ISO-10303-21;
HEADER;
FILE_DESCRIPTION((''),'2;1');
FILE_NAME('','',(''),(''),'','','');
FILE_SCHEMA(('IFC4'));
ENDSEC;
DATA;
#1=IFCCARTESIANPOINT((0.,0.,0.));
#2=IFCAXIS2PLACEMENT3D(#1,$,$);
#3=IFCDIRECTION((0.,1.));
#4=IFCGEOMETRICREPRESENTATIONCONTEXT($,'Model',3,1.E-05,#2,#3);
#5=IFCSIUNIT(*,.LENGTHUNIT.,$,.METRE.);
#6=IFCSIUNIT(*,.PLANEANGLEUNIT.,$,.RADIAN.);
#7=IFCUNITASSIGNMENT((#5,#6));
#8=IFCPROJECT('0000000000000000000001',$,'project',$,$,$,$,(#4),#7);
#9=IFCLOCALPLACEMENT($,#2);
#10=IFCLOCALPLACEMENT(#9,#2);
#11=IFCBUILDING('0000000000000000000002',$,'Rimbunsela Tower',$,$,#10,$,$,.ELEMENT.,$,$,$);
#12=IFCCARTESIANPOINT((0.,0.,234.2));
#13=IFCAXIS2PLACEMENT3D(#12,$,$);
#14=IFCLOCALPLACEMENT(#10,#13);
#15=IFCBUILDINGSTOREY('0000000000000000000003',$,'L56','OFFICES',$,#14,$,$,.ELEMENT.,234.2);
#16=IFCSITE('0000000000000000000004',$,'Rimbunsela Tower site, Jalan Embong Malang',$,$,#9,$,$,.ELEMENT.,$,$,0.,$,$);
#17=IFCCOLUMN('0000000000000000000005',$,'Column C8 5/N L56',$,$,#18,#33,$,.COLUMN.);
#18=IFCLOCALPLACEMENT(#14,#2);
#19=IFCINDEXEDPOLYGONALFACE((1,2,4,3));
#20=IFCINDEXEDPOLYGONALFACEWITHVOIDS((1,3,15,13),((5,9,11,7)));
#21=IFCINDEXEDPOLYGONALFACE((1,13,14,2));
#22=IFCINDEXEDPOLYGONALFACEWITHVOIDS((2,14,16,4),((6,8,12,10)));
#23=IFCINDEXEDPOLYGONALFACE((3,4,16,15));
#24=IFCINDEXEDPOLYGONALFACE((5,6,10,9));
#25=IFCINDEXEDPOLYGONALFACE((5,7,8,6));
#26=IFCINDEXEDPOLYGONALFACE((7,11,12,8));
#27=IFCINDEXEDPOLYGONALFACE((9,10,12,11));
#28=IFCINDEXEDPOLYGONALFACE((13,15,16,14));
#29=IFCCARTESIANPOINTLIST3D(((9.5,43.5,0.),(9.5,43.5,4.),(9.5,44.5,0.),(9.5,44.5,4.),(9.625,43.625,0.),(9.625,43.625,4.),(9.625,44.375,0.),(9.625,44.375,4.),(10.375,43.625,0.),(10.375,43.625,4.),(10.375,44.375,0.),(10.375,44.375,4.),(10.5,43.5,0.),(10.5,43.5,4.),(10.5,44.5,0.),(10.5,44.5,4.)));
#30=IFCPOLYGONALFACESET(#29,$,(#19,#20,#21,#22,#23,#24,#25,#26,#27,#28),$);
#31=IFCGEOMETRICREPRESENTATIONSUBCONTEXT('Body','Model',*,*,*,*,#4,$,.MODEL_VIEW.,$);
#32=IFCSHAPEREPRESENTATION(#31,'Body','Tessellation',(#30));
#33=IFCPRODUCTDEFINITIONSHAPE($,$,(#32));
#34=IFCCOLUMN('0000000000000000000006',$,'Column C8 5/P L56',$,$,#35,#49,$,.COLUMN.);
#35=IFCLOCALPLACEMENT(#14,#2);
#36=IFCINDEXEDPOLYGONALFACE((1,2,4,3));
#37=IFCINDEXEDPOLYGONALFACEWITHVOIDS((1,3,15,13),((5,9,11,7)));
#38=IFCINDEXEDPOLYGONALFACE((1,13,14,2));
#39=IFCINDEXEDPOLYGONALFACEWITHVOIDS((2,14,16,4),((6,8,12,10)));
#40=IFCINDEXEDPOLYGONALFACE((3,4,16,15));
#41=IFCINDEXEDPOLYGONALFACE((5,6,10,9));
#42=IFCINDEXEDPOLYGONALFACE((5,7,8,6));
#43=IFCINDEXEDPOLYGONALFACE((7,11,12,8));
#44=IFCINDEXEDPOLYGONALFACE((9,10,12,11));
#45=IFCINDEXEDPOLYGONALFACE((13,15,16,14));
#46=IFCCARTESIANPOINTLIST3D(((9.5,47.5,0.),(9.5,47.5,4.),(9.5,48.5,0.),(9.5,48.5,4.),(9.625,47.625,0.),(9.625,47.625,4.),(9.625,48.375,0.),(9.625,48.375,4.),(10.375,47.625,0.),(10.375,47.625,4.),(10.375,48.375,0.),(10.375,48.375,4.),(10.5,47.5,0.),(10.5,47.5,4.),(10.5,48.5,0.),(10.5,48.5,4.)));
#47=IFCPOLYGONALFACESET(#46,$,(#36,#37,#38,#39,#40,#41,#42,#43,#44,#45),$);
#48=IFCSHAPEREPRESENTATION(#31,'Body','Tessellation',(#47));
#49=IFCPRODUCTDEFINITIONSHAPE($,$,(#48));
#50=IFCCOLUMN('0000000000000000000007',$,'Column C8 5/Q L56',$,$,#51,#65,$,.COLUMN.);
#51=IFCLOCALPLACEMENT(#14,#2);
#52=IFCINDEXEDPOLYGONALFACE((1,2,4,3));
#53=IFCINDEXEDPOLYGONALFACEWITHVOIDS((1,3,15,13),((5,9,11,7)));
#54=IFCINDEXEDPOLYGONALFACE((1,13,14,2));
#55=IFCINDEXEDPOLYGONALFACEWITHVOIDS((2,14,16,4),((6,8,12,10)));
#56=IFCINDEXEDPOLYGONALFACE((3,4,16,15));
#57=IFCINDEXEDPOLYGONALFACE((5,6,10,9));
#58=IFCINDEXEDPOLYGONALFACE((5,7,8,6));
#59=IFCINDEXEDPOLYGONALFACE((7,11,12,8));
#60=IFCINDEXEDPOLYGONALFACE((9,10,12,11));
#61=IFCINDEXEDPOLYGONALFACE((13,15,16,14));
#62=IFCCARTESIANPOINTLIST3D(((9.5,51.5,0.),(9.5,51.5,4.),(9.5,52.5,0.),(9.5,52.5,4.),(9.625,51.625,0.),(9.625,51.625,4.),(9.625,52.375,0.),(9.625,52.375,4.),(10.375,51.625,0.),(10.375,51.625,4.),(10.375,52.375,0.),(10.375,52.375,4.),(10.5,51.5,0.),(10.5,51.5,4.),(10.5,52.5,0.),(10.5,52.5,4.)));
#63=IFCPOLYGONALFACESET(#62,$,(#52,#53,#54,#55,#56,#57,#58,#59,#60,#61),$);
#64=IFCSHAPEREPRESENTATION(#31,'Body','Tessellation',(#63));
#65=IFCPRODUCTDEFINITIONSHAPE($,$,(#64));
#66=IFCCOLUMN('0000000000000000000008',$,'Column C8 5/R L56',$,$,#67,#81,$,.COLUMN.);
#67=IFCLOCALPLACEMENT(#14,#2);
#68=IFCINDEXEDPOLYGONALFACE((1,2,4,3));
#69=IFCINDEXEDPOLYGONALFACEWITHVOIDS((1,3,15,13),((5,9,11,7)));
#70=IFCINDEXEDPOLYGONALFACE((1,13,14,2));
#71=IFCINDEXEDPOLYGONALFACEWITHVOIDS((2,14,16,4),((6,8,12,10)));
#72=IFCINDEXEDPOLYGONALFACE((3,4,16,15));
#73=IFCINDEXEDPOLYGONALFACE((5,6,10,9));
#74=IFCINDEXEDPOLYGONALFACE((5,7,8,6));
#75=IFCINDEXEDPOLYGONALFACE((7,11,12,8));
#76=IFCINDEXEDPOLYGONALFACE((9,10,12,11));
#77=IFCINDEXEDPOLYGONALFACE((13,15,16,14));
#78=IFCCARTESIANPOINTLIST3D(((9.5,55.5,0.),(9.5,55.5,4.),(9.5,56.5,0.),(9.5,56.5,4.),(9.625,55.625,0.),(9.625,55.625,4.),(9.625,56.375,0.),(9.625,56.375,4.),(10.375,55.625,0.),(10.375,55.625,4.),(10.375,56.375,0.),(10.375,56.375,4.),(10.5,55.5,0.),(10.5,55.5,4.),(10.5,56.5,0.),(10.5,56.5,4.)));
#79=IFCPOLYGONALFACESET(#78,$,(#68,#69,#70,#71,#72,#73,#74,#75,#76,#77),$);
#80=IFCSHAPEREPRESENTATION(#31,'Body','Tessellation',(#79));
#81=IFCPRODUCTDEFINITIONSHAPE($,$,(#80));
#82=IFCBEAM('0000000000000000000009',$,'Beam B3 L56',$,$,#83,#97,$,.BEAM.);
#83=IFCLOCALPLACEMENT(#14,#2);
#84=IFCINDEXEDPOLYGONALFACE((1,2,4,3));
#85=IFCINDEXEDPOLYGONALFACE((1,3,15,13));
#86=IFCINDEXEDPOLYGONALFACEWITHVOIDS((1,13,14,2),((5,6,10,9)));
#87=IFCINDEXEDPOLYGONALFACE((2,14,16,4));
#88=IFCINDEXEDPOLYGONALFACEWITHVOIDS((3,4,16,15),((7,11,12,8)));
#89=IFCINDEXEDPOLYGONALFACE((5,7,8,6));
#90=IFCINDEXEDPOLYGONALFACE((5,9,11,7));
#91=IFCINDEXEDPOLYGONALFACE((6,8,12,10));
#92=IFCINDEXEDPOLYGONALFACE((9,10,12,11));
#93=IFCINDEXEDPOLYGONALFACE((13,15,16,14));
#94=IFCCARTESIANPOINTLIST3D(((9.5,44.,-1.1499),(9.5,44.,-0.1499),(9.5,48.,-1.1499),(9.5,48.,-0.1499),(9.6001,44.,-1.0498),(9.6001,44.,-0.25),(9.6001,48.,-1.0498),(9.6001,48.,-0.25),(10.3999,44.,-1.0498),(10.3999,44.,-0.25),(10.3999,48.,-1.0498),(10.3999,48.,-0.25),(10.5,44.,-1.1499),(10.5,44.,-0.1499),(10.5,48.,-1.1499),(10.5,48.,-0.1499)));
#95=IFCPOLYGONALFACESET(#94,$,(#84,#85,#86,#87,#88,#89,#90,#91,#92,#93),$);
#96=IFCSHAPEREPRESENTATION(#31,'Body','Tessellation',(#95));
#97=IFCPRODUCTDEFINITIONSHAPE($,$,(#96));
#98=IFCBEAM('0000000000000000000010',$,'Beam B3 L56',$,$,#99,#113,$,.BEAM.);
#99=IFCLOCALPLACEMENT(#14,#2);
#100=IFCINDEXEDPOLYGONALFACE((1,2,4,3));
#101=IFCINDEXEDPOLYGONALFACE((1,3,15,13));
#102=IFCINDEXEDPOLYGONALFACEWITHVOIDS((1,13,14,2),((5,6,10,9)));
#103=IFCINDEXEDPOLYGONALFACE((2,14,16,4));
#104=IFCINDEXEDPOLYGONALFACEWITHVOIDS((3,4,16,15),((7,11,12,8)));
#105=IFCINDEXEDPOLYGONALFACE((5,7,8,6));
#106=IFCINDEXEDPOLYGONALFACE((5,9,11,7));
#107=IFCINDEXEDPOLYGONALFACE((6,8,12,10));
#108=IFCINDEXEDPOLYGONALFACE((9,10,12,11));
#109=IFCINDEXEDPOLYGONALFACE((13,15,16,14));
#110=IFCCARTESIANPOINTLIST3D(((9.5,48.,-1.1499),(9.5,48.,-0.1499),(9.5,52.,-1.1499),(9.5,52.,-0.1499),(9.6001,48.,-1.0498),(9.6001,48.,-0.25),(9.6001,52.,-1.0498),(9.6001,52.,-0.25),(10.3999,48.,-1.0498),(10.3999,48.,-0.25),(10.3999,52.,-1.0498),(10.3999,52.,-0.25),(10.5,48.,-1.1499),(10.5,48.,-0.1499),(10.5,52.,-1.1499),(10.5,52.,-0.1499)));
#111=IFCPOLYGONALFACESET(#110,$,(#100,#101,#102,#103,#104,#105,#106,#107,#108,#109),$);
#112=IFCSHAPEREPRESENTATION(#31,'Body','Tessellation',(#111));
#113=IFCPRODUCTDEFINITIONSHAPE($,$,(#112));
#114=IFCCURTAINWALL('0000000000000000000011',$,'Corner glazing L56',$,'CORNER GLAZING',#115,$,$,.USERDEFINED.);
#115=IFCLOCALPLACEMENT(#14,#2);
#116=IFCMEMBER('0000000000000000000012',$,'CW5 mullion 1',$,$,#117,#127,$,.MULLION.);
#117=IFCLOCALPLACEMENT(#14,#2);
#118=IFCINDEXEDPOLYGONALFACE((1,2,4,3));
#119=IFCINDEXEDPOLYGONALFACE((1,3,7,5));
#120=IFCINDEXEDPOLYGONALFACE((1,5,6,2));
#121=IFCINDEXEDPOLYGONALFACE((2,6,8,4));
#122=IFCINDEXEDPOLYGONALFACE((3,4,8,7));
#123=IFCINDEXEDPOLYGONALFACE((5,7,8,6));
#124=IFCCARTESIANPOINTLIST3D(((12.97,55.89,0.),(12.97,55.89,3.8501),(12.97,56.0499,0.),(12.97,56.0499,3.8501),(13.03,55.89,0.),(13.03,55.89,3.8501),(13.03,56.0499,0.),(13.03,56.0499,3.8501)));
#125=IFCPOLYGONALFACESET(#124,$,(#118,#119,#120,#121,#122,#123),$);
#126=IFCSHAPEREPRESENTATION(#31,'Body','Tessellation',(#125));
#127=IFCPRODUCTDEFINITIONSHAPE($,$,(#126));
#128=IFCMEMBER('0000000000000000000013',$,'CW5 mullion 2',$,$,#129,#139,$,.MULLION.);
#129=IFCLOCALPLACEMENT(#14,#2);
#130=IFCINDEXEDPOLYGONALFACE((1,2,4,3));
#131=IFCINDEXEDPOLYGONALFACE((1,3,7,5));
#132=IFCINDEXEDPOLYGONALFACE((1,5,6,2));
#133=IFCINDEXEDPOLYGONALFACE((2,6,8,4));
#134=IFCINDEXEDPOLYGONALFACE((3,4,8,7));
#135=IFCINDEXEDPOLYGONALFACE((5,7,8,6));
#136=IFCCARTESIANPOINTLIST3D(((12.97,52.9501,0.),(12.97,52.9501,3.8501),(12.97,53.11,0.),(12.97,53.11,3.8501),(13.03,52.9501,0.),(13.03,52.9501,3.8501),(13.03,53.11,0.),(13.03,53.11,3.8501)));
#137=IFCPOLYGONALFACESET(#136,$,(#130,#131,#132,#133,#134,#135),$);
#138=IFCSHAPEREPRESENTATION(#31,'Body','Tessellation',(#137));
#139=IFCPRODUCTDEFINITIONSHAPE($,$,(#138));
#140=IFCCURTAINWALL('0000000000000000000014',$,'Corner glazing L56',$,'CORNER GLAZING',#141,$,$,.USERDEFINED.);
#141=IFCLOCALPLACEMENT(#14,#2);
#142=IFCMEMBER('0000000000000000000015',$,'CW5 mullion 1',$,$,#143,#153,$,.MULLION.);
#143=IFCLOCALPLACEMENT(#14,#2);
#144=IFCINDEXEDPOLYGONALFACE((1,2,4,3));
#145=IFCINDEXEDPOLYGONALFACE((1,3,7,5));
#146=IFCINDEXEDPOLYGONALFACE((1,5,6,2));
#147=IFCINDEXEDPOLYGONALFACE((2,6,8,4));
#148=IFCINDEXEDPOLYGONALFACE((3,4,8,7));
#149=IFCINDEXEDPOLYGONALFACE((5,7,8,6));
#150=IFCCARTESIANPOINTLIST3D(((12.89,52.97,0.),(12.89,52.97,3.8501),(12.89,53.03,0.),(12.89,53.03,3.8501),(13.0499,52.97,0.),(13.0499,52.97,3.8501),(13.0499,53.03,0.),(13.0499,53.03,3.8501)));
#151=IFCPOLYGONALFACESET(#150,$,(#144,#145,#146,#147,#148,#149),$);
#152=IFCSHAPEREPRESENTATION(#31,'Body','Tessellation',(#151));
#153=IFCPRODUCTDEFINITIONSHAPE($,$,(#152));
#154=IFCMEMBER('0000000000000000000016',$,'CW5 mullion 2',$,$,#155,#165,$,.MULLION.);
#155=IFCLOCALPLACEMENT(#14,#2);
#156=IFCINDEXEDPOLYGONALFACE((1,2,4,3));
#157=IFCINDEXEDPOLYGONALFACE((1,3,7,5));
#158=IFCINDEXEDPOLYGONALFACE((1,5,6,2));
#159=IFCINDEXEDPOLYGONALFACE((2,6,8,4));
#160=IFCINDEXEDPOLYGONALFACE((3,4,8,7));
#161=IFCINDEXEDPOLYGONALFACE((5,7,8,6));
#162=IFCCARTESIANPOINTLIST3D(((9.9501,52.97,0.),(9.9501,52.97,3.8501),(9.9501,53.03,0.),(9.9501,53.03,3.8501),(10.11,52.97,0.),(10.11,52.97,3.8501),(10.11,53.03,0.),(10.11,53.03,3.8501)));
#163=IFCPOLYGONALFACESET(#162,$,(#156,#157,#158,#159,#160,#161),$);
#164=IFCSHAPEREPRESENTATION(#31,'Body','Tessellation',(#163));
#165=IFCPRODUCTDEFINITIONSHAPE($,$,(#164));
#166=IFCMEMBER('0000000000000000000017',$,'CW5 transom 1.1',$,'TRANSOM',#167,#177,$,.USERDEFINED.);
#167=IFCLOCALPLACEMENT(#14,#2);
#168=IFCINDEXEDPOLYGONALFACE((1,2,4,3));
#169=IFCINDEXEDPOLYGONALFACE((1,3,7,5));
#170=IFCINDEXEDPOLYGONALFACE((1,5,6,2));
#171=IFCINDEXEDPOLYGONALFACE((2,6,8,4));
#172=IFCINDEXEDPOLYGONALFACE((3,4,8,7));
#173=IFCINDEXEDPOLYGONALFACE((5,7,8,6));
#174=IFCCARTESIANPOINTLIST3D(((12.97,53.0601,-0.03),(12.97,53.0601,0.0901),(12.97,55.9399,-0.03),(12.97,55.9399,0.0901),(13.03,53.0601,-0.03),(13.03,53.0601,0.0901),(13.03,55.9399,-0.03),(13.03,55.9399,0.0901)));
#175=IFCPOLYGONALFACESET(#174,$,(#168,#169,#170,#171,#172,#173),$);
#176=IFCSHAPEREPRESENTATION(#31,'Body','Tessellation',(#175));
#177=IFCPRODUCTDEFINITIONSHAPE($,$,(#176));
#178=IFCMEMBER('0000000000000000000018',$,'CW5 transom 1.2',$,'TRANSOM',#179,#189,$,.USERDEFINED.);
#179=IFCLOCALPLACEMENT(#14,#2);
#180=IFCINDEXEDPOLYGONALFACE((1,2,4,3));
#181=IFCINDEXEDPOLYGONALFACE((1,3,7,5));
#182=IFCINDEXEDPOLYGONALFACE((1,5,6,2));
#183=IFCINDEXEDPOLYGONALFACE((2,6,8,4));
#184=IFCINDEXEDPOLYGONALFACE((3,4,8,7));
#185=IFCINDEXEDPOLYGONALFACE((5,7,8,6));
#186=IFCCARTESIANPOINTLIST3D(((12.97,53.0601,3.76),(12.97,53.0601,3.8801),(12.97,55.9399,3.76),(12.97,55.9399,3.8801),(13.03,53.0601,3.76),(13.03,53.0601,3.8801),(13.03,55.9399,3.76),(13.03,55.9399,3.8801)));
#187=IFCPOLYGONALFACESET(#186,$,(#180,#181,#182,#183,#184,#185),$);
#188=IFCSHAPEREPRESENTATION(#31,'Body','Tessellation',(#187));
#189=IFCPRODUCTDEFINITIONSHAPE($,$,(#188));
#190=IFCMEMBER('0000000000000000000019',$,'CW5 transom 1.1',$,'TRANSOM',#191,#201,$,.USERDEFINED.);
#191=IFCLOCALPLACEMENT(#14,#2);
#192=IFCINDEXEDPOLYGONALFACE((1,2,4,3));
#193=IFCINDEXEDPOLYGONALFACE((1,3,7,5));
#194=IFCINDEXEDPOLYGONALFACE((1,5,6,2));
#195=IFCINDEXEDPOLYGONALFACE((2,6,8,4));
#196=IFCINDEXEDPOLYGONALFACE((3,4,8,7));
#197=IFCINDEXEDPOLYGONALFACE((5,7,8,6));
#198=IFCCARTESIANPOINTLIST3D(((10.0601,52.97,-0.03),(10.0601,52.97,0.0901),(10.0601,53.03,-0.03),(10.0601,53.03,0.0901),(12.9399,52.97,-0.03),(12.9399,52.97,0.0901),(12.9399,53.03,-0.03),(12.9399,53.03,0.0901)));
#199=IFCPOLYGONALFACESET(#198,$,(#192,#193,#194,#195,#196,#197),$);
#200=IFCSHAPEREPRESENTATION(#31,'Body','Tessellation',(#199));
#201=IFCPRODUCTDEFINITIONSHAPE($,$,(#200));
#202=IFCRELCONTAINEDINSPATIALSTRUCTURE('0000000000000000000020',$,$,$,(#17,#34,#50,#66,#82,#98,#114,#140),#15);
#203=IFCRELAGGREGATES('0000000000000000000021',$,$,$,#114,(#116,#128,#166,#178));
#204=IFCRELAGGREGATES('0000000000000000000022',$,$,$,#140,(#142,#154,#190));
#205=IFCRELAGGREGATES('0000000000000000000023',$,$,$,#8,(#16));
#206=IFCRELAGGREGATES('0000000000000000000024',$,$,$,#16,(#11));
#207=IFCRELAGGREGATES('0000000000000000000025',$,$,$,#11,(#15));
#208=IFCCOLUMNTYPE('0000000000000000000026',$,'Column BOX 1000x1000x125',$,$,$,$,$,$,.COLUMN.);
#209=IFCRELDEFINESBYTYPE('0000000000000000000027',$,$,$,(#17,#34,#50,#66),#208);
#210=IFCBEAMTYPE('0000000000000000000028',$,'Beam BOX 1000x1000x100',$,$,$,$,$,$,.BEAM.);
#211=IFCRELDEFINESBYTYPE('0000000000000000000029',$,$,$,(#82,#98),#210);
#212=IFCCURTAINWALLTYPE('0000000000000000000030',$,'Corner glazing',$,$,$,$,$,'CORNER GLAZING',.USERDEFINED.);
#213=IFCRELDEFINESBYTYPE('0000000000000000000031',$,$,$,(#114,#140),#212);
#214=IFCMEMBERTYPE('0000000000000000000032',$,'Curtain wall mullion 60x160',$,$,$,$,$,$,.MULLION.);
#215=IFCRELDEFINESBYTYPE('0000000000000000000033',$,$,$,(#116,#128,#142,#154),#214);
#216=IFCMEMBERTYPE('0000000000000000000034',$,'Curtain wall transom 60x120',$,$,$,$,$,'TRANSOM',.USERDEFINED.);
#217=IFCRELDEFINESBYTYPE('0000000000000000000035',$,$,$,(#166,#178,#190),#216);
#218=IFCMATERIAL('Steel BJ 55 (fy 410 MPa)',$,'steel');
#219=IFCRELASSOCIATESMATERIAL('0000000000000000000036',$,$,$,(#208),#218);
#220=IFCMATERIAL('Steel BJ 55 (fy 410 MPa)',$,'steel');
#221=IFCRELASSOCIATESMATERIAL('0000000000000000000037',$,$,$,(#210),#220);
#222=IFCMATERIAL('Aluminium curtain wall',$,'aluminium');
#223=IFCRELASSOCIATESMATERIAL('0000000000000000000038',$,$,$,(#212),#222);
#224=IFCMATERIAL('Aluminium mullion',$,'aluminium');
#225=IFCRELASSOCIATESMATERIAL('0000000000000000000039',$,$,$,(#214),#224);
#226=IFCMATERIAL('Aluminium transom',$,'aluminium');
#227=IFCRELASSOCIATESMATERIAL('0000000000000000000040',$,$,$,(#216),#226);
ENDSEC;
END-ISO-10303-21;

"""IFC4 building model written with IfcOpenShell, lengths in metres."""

from ifc_helpers import new_model, si_unit, direction, frame, origin, origin_2d, place, context, subcontext, project, spatial, rectangle, hollow_rectangle, extrude, material, material_profile, profile_set, type_object, element, aggregate, save


model = new_model("IFC4")

# Units and contexts
model_context = context("Model", 3, precision=1e-05, world=origin(), true_north=direction((0.0, 1.0)))
body_context = subcontext(model_context, "Body", "Model", "MODEL_VIEW")
ifc_project = project(units=[si_unit("LENGTHUNIT", "METRE"), si_unit("PLANEANGLEUNIT", "RADIAN")], contexts=[model_context])

# Site, building, storey
site_placement = place(None, origin())
site = spatial("IfcSite", under=ifc_project, at=site_placement, Name="Rimbunsela Tower site, Jalan Embong Malang", CompositionType="ELEMENT", RefElevation=0.0)
building_placement = place(site_placement, origin())
building = spatial("IfcBuilding", under=site, at=building_placement, Name="Rimbunsela Tower", CompositionType="ELEMENT")
storey_placement = place(building_placement, frame((0.0, 0.0, 234.2)))
storey = spatial("IfcBuildingStorey", under=building, at=storey_placement, Name="L56", Description="OFFICES", CompositionType="ELEMENT", Elevation=234.2)

# Columns
ifc_material_1 = material(Name="Steel BJ 55 (fy 410 MPa)", Category="steel")
ifc_material_profile_1 = material_profile(ifc_material_1, hollow_rectangle(XDim=1.0, YDim=1.0, WallThickness=0.125, at=origin_2d()), Name="BOX 1000x1000x125")
ifc_profile_set_1 = profile_set([ifc_material_profile_1], Name="Steel BJ 55 (fy 410 MPa)")
column_type = type_object("IfcColumnType", Name="Column BOX 1000x1000x125", PredefinedType="COLUMN", material=ifc_profile_set_1)
for number, where, z_axis, x_axis, name in (
    (1, (10.0, 44.0, 0.0), (0.0, 0.0, 1.0), (1.0, 0.0, 0.0), "Column C8 5/N L56"),
    (2, (10.0, 48.0, 0.0), (0.0, 0.0, 1.0), (1.0, 0.0, 0.0), "Column C8 5/P L56"),
    (3, (10.0, 52.0, 0.0), (0.0, 0.0, 1.0), (1.0, 0.0, 0.0), "Column C8 5/Q L56"),
    (4, (10.0, 56.0, 0.0), (0.0, 0.0, 1.0), (1.0, 0.0, 0.0), "Column C8 5/R L56"),
):
    element("IfcColumn", number, at=place(storey_placement, frame(where, z_axis=z_axis, x_axis=x_axis)), inside=storey, type_object=column_type, Name=name, PredefinedType="COLUMN", context=body_context, shape_type="SweptSolid", body=[
        extrude(hollow_rectangle(XDim=1.0, YDim=1.0, WallThickness=0.125, at=origin_2d()), origin(), (0.0, 0.0, 1.0), 4.0),
    ])

# Beams
ifc_material_2 = material(Name="Steel BJ 55 (fy 410 MPa)", Category="steel")
ifc_material_profile_2 = material_profile(ifc_material_2, hollow_rectangle(XDim=1.0, YDim=1.0, WallThickness=0.1001, at=origin_2d()), Name="BOX 1000x1000x100")
ifc_profile_set_2 = profile_set([ifc_material_profile_2], Name="Steel BJ 55 (fy 410 MPa)")
beam_type = type_object("IfcBeamType", Name="Beam BOX 1000x1000x100", PredefinedType="BEAM", material=ifc_profile_set_2)
for number, where, z_axis, x_axis, name in (
    (5, (10.0, 44.0, -0.6499), (0.0, 1.0, 0.0), (-1.0, 0.0, 0.0), "Beam B3 L56"),
    (6, (10.0, 48.0, -0.6499), (0.0, 1.0, 0.0), (-1.0, 0.0, 0.0), "Beam B3 L56"),
):
    element("IfcBeam", number, at=place(storey_placement, frame(where, z_axis=z_axis, x_axis=x_axis)), inside=storey, type_object=beam_type, Name=name, PredefinedType="BEAM", context=body_context, shape_type="SweptSolid", body=[
        extrude(hollow_rectangle(XDim=1.0, YDim=1.0, WallThickness=0.1001, at=origin_2d()), origin(), (0.0, 0.0, 1.0), 4.0),
    ])

# Curtain walls, members
ifc_material_3 = material(Name="Aluminium curtain wall", Category="aluminium")
curtain_wall_type = type_object("IfcCurtainWallType", Name="Corner glazing", ElementType="CORNER GLAZING", PredefinedType="USERDEFINED", material=ifc_material_3)
curtain_wall_1_placement = place(storey_placement, origin())
curtain_wall_1 = element("IfcCurtainWall", 7, at=curtain_wall_1_placement, inside=storey, type_object=curtain_wall_type, Name="Corner glazing L56", ObjectType="CORNER GLAZING", PredefinedType="USERDEFINED")
ifc_material_4 = material(Name="Aluminium mullion", Category="aluminium")
ifc_material_profile_3 = material_profile(ifc_material_4, rectangle(XDim=0.0601, YDim=0.1599, at=origin_2d()), Name="Mullion 60x160")
ifc_profile_set_3 = profile_set([ifc_material_profile_3], Name="Aluminium mullion")
member_type_1 = type_object("IfcMemberType", Name="Curtain wall mullion 60x160", PredefinedType="MULLION", material=ifc_profile_set_3)
member_1_placement = place(storey_placement, frame((13.0, 55.97, 0.0), z_axis=(0.0, 0.0, 1.0), x_axis=(1.0, 0.0, 0.0)))
member_1 = element("IfcMember", 8, at=member_1_placement, type_object=member_type_1, Name="CW5 mullion 1", PredefinedType="MULLION", context=body_context, shape_type="SweptSolid", body=[
    extrude(rectangle(XDim=0.0601, YDim=0.1599, at=origin_2d()), origin(), (0.0, 0.0, 1.0), 3.8501),
])
member_2_placement = place(storey_placement, frame((13.0, 53.03, 0.0), z_axis=(0.0, 0.0, 1.0), x_axis=(1.0, 0.0, 0.0)))
member_2 = element("IfcMember", 9, at=member_2_placement, type_object=member_type_1, Name="CW5 mullion 2", PredefinedType="MULLION", context=body_context, shape_type="SweptSolid", body=[
    extrude(rectangle(XDim=0.0601, YDim=0.1599, at=origin_2d()), origin(), (0.0, 0.0, 1.0), 3.8501),
])
curtain_wall_2_placement = place(storey_placement, origin())
curtain_wall_2 = element("IfcCurtainWall", 10, at=curtain_wall_2_placement, inside=storey, type_object=curtain_wall_type, Name="Corner glazing L56", ObjectType="CORNER GLAZING", PredefinedType="USERDEFINED")
member_3_placement = place(storey_placement, frame((12.97, 53.0, 0.0), z_axis=(0.0, 0.0, 1.0), x_axis=(0.0, -1.0, 0.0)))
member_3 = element("IfcMember", 11, at=member_3_placement, type_object=member_type_1, Name="CW5 mullion 1", PredefinedType="MULLION", context=body_context, shape_type="SweptSolid", body=[
    extrude(rectangle(XDim=0.0601, YDim=0.1599, at=origin_2d()), origin(), (0.0, 0.0, 1.0), 3.8501),
])
member_4_placement = place(storey_placement, frame((10.03, 53.0, 0.0), z_axis=(0.0, 0.0, 1.0), x_axis=(0.0, -1.0, 0.0)))
member_4 = element("IfcMember", 12, at=member_4_placement, type_object=member_type_1, Name="CW5 mullion 2", PredefinedType="MULLION", context=body_context, shape_type="SweptSolid", body=[
    extrude(rectangle(XDim=0.0601, YDim=0.1599, at=origin_2d()), origin(), (0.0, 0.0, 1.0), 3.8501),
])

# Members
ifc_material_5 = material(Name="Aluminium transom", Category="aluminium")
ifc_material_profile_4 = material_profile(ifc_material_5, rectangle(XDim=0.0601, YDim=0.1201, at=origin_2d()), Name="Transom 60x120")
ifc_profile_set_4 = profile_set([ifc_material_profile_4], Name="Aluminium transom")
member_type_2 = type_object("IfcMemberType", Name="Curtain wall transom 60x120", ElementType="TRANSOM", PredefinedType="USERDEFINED", material=ifc_profile_set_4)
member_5_placement = place(storey_placement, frame((13.0, 55.9399, 0.03), z_axis=(0.0, -1.0, 0.0), x_axis=(1.0, 0.0, 0.0)))
member_5 = element("IfcMember", 13, at=member_5_placement, type_object=member_type_2, Name="CW5 transom 1.1", ObjectType="TRANSOM", PredefinedType="USERDEFINED", context=body_context, shape_type="SweptSolid", body=[
    extrude(rectangle(XDim=0.0601, YDim=0.1201, at=origin_2d()), origin(), (0.0, 0.0, 1.0), 2.8799),
])
member_6_placement = place(storey_placement, frame((13.0, 55.9399, 3.8201), z_axis=(0.0, -1.0, 0.0), x_axis=(1.0, 0.0, 0.0)))
member_6 = element("IfcMember", 14, at=member_6_placement, type_object=member_type_2, Name="CW5 transom 1.2", ObjectType="TRANSOM", PredefinedType="USERDEFINED", context=body_context, shape_type="SweptSolid", body=[
    extrude(rectangle(XDim=0.0601, YDim=0.1201, at=origin_2d()), origin(), (0.0, 0.0, 1.0), 2.8799),
])
member_7_placement = place(storey_placement, frame((12.9399, 53.0, 0.03), z_axis=(-1.0, 0.0, 0.0), x_axis=(0.0, -1.0, 0.0)))
member_7 = element("IfcMember", 15, at=member_7_placement, type_object=member_type_2, Name="CW5 transom 1.1", ObjectType="TRANSOM", PredefinedType="USERDEFINED", context=body_context, shape_type="SweptSolid", body=[
    extrude(rectangle(XDim=0.0601, YDim=0.1201, at=origin_2d()), origin(), (0.0, 0.0, 1.0), 2.8799),
])

aggregate(curtain_wall_1, [member_1, member_2, member_5, member_6])
aggregate(curtain_wall_2, [member_3, member_4, member_7])

save(model, "model.ifc")
